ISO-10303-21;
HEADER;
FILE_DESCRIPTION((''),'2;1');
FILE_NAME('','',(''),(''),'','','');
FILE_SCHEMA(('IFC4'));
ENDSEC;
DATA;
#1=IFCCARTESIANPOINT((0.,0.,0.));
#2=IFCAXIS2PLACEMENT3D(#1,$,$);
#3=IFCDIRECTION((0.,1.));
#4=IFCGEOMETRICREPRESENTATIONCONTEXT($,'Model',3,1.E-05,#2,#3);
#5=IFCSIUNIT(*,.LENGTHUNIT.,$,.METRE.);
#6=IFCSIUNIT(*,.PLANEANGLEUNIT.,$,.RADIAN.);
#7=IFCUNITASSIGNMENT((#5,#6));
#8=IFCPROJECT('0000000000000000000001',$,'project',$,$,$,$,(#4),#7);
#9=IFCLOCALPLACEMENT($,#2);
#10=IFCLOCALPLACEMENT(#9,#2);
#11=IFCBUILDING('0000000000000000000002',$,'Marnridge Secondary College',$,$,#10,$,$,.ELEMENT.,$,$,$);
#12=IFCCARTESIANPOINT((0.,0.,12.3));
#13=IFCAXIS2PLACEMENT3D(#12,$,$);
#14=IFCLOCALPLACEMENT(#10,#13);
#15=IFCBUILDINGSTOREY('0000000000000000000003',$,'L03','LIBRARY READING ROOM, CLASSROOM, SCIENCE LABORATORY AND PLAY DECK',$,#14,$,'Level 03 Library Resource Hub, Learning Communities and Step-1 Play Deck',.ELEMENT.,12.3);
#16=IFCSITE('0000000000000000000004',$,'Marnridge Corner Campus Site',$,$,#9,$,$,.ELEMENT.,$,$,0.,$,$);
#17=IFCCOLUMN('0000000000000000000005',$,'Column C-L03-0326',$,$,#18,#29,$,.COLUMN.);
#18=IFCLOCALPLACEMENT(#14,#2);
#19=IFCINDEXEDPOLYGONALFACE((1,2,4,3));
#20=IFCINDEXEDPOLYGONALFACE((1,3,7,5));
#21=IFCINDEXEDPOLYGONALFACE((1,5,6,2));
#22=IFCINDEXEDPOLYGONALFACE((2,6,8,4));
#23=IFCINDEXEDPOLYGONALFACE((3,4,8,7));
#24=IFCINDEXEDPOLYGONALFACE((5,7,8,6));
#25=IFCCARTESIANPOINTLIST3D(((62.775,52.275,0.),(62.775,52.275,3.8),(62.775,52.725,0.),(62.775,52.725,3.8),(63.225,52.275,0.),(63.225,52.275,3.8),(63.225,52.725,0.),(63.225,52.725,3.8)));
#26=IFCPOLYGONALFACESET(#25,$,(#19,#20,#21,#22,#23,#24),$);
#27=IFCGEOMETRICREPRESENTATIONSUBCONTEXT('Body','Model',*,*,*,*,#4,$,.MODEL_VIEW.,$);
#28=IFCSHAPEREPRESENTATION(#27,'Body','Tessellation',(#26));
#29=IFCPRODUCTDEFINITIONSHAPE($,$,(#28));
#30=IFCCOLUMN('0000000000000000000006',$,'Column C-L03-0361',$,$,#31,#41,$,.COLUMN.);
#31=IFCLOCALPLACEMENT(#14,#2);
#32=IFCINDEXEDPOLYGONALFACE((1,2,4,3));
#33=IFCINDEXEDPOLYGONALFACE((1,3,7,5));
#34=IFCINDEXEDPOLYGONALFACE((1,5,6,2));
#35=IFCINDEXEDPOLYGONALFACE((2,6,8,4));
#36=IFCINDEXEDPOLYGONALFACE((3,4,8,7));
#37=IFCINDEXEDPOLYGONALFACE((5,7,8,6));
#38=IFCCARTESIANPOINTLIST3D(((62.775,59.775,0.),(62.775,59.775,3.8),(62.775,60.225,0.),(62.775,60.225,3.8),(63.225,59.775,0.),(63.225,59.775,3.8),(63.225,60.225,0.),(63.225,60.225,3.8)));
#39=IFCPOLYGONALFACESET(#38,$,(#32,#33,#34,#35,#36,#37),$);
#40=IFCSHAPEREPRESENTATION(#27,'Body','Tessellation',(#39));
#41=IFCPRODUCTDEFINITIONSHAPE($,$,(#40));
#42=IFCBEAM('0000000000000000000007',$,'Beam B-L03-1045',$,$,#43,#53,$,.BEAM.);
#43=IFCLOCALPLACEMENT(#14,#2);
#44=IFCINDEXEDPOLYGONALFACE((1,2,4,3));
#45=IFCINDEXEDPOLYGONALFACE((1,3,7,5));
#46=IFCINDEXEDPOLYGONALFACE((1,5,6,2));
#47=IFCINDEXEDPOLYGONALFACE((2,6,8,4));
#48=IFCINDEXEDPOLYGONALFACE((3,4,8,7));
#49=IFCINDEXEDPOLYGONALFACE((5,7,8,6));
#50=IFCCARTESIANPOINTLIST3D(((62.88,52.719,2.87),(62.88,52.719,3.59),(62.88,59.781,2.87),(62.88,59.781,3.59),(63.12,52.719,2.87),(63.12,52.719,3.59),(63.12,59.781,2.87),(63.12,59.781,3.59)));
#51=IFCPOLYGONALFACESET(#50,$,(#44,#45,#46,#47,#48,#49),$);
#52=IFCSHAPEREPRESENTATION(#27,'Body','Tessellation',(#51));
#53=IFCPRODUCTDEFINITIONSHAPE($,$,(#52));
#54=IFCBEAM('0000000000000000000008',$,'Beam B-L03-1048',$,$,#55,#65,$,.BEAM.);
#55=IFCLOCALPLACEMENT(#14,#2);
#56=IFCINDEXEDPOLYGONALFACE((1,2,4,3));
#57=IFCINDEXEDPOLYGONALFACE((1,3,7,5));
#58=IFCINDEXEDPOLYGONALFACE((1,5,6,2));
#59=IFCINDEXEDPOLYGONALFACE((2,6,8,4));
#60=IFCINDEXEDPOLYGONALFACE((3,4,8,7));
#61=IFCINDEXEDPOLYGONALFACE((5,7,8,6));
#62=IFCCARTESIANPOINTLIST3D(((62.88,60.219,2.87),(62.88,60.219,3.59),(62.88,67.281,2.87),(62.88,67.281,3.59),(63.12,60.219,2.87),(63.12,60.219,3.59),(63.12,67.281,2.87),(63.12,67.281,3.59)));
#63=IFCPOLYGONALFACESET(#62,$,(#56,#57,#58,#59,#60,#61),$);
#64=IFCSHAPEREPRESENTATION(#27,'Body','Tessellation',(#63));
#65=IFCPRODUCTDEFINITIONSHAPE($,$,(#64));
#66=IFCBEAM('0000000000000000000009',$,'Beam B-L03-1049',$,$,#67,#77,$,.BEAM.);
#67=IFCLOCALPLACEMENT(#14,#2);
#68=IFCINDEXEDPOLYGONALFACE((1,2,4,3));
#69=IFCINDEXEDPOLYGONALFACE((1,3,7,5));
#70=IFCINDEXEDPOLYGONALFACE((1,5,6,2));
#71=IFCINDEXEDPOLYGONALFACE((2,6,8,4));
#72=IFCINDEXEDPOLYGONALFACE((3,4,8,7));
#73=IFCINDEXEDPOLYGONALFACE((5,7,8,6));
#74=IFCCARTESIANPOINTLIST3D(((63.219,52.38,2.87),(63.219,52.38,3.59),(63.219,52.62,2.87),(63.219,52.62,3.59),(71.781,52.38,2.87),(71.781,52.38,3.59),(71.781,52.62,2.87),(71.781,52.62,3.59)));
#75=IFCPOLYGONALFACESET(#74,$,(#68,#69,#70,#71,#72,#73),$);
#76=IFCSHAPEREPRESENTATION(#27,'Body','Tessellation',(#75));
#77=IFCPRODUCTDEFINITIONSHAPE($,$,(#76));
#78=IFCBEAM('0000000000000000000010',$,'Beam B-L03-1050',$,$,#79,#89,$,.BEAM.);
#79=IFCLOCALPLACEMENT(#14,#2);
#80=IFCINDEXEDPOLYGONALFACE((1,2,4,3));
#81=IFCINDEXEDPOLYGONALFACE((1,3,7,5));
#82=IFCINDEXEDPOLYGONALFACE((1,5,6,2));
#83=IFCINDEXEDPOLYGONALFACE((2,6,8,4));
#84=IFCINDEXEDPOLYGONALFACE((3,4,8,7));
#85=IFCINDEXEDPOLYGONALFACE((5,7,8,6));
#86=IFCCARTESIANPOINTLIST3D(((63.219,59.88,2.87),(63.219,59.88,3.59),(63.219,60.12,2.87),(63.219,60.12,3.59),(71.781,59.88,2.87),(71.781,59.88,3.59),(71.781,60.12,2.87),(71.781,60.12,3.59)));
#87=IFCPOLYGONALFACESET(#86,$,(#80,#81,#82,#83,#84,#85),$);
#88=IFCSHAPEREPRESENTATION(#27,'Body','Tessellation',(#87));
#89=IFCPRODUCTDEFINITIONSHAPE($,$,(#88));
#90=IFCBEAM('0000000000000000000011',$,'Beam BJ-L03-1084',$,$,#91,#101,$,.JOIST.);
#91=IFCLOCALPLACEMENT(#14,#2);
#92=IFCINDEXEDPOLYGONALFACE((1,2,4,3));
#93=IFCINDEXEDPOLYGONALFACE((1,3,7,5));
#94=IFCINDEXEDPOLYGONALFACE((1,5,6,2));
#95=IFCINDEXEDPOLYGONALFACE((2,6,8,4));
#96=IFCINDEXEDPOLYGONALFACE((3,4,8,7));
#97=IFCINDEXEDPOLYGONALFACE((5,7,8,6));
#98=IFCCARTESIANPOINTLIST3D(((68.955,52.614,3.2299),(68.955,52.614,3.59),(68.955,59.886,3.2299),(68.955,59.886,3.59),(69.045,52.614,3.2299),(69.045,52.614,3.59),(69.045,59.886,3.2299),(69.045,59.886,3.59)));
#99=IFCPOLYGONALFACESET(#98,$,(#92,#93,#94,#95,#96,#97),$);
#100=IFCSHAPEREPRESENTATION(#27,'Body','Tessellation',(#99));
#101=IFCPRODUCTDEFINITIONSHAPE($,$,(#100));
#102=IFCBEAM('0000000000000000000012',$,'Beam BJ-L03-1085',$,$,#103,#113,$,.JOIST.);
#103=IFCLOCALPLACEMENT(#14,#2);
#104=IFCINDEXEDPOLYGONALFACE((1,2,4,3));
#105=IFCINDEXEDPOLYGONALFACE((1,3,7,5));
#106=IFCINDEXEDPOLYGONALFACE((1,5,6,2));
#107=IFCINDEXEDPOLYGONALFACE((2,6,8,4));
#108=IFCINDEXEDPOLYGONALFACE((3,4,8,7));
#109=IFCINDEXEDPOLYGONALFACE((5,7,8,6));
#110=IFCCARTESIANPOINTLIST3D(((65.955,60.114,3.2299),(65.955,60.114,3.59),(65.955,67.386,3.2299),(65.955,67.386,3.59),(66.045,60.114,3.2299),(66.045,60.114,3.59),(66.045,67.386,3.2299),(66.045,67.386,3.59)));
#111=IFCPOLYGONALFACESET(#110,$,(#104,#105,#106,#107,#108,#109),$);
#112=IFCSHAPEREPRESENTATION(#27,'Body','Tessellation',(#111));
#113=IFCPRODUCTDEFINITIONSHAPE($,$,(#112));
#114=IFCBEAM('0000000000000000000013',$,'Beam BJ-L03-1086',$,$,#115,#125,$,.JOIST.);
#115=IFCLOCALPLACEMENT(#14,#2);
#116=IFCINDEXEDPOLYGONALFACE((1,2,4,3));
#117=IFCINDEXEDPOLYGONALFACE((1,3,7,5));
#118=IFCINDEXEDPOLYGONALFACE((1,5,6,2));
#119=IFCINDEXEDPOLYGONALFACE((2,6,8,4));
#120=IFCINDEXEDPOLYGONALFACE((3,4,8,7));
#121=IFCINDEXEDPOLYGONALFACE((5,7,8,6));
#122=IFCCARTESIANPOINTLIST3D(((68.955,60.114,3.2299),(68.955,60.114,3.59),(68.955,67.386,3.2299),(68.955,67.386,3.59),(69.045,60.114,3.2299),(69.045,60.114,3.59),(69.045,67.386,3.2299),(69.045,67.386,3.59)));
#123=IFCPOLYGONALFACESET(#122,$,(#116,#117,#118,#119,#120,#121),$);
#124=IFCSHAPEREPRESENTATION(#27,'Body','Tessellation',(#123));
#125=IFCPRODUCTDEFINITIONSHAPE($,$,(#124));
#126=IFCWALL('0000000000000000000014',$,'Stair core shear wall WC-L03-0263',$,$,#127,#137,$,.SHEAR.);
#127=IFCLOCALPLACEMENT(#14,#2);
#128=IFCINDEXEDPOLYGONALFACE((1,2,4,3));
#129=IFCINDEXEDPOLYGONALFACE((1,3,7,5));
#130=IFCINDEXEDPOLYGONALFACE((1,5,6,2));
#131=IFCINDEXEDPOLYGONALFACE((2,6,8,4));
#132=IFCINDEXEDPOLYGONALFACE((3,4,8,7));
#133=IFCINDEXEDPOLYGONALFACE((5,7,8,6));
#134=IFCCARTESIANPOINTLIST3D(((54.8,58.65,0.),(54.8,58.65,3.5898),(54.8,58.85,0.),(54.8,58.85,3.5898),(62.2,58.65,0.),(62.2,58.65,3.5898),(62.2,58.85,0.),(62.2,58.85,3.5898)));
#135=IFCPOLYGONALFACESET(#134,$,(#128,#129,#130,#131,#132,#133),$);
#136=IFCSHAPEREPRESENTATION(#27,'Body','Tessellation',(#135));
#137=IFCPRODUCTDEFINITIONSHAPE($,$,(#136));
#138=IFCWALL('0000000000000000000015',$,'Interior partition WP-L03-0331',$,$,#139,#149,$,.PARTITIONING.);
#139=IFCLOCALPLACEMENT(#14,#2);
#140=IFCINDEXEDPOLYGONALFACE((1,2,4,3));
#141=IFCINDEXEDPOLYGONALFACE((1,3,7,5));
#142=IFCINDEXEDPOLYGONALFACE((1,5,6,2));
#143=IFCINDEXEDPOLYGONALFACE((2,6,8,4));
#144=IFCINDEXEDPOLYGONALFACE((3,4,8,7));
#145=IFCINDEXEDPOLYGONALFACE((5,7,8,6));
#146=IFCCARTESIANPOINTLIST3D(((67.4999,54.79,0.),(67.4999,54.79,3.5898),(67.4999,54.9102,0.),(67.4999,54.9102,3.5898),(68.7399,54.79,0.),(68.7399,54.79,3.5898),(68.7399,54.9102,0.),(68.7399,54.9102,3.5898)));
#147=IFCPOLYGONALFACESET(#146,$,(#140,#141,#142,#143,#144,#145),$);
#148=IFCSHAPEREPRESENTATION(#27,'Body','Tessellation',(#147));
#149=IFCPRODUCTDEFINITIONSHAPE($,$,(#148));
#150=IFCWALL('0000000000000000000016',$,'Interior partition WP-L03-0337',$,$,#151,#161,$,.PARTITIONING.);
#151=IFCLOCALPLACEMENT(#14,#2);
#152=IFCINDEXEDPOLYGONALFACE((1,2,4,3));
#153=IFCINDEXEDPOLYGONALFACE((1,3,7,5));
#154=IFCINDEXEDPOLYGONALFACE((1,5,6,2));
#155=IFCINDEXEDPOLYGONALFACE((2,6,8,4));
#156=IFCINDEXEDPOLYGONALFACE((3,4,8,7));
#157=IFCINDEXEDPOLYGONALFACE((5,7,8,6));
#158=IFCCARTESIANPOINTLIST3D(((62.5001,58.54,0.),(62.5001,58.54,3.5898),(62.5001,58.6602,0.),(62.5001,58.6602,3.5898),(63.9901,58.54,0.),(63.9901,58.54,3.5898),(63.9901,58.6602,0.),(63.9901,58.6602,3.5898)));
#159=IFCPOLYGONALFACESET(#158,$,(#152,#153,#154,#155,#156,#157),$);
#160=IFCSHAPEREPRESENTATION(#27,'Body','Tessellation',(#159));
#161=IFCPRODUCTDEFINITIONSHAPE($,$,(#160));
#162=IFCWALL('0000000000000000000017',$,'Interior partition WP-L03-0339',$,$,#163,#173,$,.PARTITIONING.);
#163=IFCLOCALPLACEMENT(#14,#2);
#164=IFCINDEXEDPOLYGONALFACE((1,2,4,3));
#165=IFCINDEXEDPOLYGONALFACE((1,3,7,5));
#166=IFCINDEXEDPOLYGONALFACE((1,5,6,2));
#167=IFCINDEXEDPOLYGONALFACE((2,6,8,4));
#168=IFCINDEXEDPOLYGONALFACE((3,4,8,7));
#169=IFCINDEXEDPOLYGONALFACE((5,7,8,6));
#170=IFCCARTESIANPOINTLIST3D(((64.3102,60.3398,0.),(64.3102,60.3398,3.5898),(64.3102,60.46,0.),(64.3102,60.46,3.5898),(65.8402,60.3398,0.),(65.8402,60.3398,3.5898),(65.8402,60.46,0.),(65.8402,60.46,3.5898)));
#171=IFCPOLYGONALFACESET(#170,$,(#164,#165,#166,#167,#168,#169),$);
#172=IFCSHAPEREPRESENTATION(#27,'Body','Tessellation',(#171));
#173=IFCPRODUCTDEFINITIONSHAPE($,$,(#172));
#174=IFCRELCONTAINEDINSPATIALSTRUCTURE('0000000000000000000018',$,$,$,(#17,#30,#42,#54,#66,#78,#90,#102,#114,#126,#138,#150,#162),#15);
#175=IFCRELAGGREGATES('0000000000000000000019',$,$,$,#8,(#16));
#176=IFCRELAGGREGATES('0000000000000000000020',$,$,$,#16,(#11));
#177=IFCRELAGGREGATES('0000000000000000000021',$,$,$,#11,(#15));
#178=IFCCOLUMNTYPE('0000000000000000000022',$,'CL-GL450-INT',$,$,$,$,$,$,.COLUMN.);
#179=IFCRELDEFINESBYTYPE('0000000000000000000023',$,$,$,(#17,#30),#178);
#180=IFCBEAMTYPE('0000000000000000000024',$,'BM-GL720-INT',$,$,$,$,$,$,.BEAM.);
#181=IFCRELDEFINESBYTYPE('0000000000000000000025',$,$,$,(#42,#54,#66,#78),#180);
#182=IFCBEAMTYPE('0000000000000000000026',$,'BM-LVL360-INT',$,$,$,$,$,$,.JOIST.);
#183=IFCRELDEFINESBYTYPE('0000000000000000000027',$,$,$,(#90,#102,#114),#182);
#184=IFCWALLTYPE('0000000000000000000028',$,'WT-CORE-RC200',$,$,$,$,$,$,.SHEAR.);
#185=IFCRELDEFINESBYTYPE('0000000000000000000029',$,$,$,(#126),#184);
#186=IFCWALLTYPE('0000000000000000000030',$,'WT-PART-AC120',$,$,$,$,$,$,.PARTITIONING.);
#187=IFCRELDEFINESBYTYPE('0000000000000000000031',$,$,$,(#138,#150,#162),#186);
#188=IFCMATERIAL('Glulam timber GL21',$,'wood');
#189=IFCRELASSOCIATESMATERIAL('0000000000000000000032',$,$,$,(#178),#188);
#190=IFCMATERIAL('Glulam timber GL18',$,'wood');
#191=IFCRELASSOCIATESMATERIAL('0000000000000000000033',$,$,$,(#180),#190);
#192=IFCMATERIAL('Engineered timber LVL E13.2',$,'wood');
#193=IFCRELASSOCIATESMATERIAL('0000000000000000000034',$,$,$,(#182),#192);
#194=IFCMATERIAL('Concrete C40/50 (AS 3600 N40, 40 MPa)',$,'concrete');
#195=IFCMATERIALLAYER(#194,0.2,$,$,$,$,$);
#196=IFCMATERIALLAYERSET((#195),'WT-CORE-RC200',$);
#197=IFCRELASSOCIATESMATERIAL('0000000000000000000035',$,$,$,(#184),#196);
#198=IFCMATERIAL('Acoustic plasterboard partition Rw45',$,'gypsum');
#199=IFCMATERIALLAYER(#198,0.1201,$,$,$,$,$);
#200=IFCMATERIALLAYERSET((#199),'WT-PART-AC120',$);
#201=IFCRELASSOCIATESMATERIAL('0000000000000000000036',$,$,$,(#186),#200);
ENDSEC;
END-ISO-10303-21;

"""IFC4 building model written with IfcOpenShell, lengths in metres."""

from ifc_helpers import new_model, si_unit, direction, frame, frame_2d, origin, origin_2d, place, context, subcontext, project, spatial, rectangle, extrude, material, layer, layer_set, material_profile, profile_set, type_object, element, save


model = new_model("IFC4")

# Units and contexts
model_context = context("Model", 3, precision=1e-05, world=origin(), true_north=direction((0.0, 1.0)))
body_context = subcontext(model_context, "Body", "Model", "MODEL_VIEW")
ifc_project = project(units=[si_unit("LENGTHUNIT", "METRE"), si_unit("PLANEANGLEUNIT", "RADIAN")], contexts=[model_context])

# Site, building, storey
site_placement = place(None, origin())
site = spatial("IfcSite", under=ifc_project, at=site_placement, Name="Marnridge Corner Campus Site", CompositionType="ELEMENT", RefElevation=0.0)
building_placement = place(site_placement, origin())
building = spatial("IfcBuilding", under=site, at=building_placement, Name="Marnridge Secondary College", CompositionType="ELEMENT")
storey_placement = place(building_placement, frame((0.0, 0.0, 12.3)))
storey = spatial("IfcBuildingStorey", under=building, at=storey_placement, Name="L03", Description="LIBRARY READING ROOM, CLASSROOM, SCIENCE LABORATORY AND PLAY DECK", LongName="Level 03 Library Resource Hub, Learning Communities and Step-1 Play Deck", CompositionType="ELEMENT", Elevation=12.3)

# Columns
ifc_material_1 = material(Name="Glulam timber GL21", Category="wood")
ifc_material_profile_1 = material_profile(ifc_material_1, rectangle(XDim=0.45, YDim=0.45, at=origin_2d()), Name="GL21 450x450")
ifc_profile_set_1 = profile_set([ifc_material_profile_1], Name="Glulam timber GL21")
column_type = type_object("IfcColumnType", Name="CL-GL450-INT", PredefinedType="COLUMN", material=ifc_profile_set_1)
for number, where, z_axis, x_axis, name in (
    (1, (63.0, 52.5, 0.0), (0.0, 0.0, 1.0), (1.0, 0.0, 0.0), "Column C-L03-0326"),
    (2, (63.0, 60.0, 0.0), (0.0, 0.0, 1.0), (1.0, 0.0, 0.0), "Column C-L03-0361"),
):
    element("IfcColumn", number, at=place(storey_placement, frame(where, z_axis=z_axis, x_axis=x_axis)), inside=storey, type_object=column_type, Name=name, PredefinedType="COLUMN", context=body_context, shape_type="SweptSolid", body=[
        extrude(rectangle(XDim=0.45, YDim=0.45, at=origin_2d()), origin(), (0.0, 0.0, 1.0), 3.8),
    ])

# Beams
ifc_material_2 = material(Name="Glulam timber GL18", Category="wood")
ifc_material_profile_2 = material_profile(ifc_material_2, rectangle(XDim=0.24, YDim=0.72, at=origin_2d()), Name="GL18 240x720")
ifc_profile_set_2 = profile_set([ifc_material_profile_2], Name="Glulam timber GL18")
beam_type_1 = type_object("IfcBeamType", Name="BM-GL720-INT", PredefinedType="BEAM", material=ifc_profile_set_2)
for number, where, z_axis, x_axis, name in (
    (3, (63.0, 52.719, 3.23), (0.0, 1.0, 0.0), (-1.0, 0.0, 0.0), "Beam B-L03-1045"),
    (4, (63.0, 60.219, 3.23), (0.0, 1.0, 0.0), (-1.0, 0.0, 0.0), "Beam B-L03-1048"),
):
    element("IfcBeam", number, at=place(storey_placement, frame(where, z_axis=z_axis, x_axis=x_axis)), inside=storey, type_object=beam_type_1, Name=name, PredefinedType="BEAM", context=body_context, shape_type="SweptSolid", body=[
        extrude(rectangle(XDim=0.24, YDim=0.72, at=origin_2d()), origin(), (0.0, 0.0, 1.0), 7.062),
    ])
for number, where, z_axis, x_axis, name in (
    (5, (63.219, 52.5, 3.23), (1.0, 0.0, 0.0), (0.0, 1.0, 0.0), "Beam B-L03-1049"),
    (6, (63.219, 60.0, 3.23), (1.0, 0.0, 0.0), (0.0, 1.0, 0.0), "Beam B-L03-1050"),
):
    element("IfcBeam", number, at=place(storey_placement, frame(where, z_axis=z_axis, x_axis=x_axis)), inside=storey, type_object=beam_type_1, Name=name, PredefinedType="BEAM", context=body_context, shape_type="SweptSolid", body=[
        extrude(rectangle(XDim=0.24, YDim=0.72, at=origin_2d()), origin(), (0.0, 0.0, 1.0), 8.562),
    ])
ifc_material_3 = material(Name="Engineered timber LVL E13.2", Category="wood")
ifc_material_profile_3 = material_profile(ifc_material_3, rectangle(XDim=0.0901, YDim=0.3601, at=origin_2d()), Name="LVL 90x360")
ifc_profile_set_3 = profile_set([ifc_material_profile_3], Name="Engineered timber LVL E13.2")
beam_type_2 = type_object("IfcBeamType", Name="BM-LVL360-INT", PredefinedType="JOIST", material=ifc_profile_set_3)
for number, where, z_axis, x_axis, name in (
    (7, (69.0, 52.614, 3.4099), (0.0, 1.0, 0.0), (-1.0, 0.0, 0.0), "Beam BJ-L03-1084"),
    (8, (66.0, 60.114, 3.4099), (0.0, 1.0, 0.0), (-1.0, 0.0, 0.0), "Beam BJ-L03-1085"),
    (9, (69.0, 60.114, 3.4099), (0.0, 1.0, 0.0), (-1.0, 0.0, 0.0), "Beam BJ-L03-1086"),
):
    element("IfcBeam", number, at=place(storey_placement, frame(where, z_axis=z_axis, x_axis=x_axis)), inside=storey, type_object=beam_type_2, Name=name, PredefinedType="JOIST", context=body_context, shape_type="SweptSolid", body=[
        extrude(rectangle(XDim=0.0901, YDim=0.3601, at=origin_2d()), origin(), (0.0, 0.0, 1.0), 7.272),
    ])

# Shared definitions
ifc_material_4 = material(Name="Concrete C40/50 (AS 3600 N40, 40 MPa)", Category="concrete")
ifc_layer_1 = layer(ifc_material_4, 0.2)
ifc_layer_set_1 = layer_set([ifc_layer_1], Name="WT-CORE-RC200")
wall_type_1 = type_object("IfcWallType", Name="WT-CORE-RC200", PredefinedType="SHEAR", material=ifc_layer_set_1)

# Walls
wall_1_placement = place(storey_placement, frame((62.2, 58.75, 0.0), z_axis=(0.0, 0.0, 1.0), x_axis=(-1.0, 0.0, 0.0)))
element("IfcWall", 10, at=wall_1_placement, inside=storey, type_object=wall_type_1, Name="Stair core shear wall WC-L03-0263", PredefinedType="SHEAR", context=body_context, shape_type="SweptSolid", body=[
    extrude(rectangle(XDim=7.3999, YDim=0.2, at=frame_2d((3.7, 0.0))), origin(), (0.0, 0.0, 1.0), 3.5898),
])
ifc_material_5 = material(Name="Acoustic plasterboard partition Rw45", Category="gypsum")
ifc_layer_2 = layer(ifc_material_5, 0.1201)
ifc_layer_set_2 = layer_set([ifc_layer_2], Name="WT-PART-AC120")
wall_type_2 = type_object("IfcWallType", Name="WT-PART-AC120", PredefinedType="PARTITIONING", material=ifc_layer_set_2)
wall_2_placement = place(storey_placement, frame((68.74, 54.8501, 0.0), z_axis=(0.0, 0.0, 1.0), x_axis=(-1.0, 0.0, 0.0)))
element("IfcWall", 11, at=wall_2_placement, inside=storey, type_object=wall_type_2, Name="Interior partition WP-L03-0331", PredefinedType="PARTITIONING", context=body_context, shape_type="SweptSolid", body=[
    extrude(rectangle(XDim=1.24, YDim=0.1201, at=frame_2d((0.6201, 0.0))), origin(), (0.0, 0.0, 1.0), 3.5898),
])
wall_3_placement = place(storey_placement, frame((62.5, 58.6001, 0.0), z_axis=(0.0, 0.0, 1.0), x_axis=(1.0, 0.0, 0.0)))
element("IfcWall", 12, at=wall_3_placement, inside=storey, type_object=wall_type_2, Name="Interior partition WP-L03-0337", PredefinedType="PARTITIONING", context=body_context, shape_type="SweptSolid", body=[
    extrude(rectangle(XDim=1.49, YDim=0.1201, at=frame_2d((0.7451, 0.0))), origin(), (0.0, 0.0, 1.0), 3.5898),
])
wall_4_placement = place(storey_placement, frame((64.3101, 60.3999, 0.0), z_axis=(0.0, 0.0, 1.0), x_axis=(1.0, 0.0, 0.0)))
element("IfcWall", 13, at=wall_4_placement, inside=storey, type_object=wall_type_2, Name="Interior partition WP-L03-0339", PredefinedType="PARTITIONING", context=body_context, shape_type="SweptSolid", body=[
    extrude(rectangle(XDim=1.53, YDim=0.1201, at=frame_2d((0.7651, 0.0))), origin(), (0.0, 0.0, 1.0), 3.5898),
])

save(model, "model.ifc")
